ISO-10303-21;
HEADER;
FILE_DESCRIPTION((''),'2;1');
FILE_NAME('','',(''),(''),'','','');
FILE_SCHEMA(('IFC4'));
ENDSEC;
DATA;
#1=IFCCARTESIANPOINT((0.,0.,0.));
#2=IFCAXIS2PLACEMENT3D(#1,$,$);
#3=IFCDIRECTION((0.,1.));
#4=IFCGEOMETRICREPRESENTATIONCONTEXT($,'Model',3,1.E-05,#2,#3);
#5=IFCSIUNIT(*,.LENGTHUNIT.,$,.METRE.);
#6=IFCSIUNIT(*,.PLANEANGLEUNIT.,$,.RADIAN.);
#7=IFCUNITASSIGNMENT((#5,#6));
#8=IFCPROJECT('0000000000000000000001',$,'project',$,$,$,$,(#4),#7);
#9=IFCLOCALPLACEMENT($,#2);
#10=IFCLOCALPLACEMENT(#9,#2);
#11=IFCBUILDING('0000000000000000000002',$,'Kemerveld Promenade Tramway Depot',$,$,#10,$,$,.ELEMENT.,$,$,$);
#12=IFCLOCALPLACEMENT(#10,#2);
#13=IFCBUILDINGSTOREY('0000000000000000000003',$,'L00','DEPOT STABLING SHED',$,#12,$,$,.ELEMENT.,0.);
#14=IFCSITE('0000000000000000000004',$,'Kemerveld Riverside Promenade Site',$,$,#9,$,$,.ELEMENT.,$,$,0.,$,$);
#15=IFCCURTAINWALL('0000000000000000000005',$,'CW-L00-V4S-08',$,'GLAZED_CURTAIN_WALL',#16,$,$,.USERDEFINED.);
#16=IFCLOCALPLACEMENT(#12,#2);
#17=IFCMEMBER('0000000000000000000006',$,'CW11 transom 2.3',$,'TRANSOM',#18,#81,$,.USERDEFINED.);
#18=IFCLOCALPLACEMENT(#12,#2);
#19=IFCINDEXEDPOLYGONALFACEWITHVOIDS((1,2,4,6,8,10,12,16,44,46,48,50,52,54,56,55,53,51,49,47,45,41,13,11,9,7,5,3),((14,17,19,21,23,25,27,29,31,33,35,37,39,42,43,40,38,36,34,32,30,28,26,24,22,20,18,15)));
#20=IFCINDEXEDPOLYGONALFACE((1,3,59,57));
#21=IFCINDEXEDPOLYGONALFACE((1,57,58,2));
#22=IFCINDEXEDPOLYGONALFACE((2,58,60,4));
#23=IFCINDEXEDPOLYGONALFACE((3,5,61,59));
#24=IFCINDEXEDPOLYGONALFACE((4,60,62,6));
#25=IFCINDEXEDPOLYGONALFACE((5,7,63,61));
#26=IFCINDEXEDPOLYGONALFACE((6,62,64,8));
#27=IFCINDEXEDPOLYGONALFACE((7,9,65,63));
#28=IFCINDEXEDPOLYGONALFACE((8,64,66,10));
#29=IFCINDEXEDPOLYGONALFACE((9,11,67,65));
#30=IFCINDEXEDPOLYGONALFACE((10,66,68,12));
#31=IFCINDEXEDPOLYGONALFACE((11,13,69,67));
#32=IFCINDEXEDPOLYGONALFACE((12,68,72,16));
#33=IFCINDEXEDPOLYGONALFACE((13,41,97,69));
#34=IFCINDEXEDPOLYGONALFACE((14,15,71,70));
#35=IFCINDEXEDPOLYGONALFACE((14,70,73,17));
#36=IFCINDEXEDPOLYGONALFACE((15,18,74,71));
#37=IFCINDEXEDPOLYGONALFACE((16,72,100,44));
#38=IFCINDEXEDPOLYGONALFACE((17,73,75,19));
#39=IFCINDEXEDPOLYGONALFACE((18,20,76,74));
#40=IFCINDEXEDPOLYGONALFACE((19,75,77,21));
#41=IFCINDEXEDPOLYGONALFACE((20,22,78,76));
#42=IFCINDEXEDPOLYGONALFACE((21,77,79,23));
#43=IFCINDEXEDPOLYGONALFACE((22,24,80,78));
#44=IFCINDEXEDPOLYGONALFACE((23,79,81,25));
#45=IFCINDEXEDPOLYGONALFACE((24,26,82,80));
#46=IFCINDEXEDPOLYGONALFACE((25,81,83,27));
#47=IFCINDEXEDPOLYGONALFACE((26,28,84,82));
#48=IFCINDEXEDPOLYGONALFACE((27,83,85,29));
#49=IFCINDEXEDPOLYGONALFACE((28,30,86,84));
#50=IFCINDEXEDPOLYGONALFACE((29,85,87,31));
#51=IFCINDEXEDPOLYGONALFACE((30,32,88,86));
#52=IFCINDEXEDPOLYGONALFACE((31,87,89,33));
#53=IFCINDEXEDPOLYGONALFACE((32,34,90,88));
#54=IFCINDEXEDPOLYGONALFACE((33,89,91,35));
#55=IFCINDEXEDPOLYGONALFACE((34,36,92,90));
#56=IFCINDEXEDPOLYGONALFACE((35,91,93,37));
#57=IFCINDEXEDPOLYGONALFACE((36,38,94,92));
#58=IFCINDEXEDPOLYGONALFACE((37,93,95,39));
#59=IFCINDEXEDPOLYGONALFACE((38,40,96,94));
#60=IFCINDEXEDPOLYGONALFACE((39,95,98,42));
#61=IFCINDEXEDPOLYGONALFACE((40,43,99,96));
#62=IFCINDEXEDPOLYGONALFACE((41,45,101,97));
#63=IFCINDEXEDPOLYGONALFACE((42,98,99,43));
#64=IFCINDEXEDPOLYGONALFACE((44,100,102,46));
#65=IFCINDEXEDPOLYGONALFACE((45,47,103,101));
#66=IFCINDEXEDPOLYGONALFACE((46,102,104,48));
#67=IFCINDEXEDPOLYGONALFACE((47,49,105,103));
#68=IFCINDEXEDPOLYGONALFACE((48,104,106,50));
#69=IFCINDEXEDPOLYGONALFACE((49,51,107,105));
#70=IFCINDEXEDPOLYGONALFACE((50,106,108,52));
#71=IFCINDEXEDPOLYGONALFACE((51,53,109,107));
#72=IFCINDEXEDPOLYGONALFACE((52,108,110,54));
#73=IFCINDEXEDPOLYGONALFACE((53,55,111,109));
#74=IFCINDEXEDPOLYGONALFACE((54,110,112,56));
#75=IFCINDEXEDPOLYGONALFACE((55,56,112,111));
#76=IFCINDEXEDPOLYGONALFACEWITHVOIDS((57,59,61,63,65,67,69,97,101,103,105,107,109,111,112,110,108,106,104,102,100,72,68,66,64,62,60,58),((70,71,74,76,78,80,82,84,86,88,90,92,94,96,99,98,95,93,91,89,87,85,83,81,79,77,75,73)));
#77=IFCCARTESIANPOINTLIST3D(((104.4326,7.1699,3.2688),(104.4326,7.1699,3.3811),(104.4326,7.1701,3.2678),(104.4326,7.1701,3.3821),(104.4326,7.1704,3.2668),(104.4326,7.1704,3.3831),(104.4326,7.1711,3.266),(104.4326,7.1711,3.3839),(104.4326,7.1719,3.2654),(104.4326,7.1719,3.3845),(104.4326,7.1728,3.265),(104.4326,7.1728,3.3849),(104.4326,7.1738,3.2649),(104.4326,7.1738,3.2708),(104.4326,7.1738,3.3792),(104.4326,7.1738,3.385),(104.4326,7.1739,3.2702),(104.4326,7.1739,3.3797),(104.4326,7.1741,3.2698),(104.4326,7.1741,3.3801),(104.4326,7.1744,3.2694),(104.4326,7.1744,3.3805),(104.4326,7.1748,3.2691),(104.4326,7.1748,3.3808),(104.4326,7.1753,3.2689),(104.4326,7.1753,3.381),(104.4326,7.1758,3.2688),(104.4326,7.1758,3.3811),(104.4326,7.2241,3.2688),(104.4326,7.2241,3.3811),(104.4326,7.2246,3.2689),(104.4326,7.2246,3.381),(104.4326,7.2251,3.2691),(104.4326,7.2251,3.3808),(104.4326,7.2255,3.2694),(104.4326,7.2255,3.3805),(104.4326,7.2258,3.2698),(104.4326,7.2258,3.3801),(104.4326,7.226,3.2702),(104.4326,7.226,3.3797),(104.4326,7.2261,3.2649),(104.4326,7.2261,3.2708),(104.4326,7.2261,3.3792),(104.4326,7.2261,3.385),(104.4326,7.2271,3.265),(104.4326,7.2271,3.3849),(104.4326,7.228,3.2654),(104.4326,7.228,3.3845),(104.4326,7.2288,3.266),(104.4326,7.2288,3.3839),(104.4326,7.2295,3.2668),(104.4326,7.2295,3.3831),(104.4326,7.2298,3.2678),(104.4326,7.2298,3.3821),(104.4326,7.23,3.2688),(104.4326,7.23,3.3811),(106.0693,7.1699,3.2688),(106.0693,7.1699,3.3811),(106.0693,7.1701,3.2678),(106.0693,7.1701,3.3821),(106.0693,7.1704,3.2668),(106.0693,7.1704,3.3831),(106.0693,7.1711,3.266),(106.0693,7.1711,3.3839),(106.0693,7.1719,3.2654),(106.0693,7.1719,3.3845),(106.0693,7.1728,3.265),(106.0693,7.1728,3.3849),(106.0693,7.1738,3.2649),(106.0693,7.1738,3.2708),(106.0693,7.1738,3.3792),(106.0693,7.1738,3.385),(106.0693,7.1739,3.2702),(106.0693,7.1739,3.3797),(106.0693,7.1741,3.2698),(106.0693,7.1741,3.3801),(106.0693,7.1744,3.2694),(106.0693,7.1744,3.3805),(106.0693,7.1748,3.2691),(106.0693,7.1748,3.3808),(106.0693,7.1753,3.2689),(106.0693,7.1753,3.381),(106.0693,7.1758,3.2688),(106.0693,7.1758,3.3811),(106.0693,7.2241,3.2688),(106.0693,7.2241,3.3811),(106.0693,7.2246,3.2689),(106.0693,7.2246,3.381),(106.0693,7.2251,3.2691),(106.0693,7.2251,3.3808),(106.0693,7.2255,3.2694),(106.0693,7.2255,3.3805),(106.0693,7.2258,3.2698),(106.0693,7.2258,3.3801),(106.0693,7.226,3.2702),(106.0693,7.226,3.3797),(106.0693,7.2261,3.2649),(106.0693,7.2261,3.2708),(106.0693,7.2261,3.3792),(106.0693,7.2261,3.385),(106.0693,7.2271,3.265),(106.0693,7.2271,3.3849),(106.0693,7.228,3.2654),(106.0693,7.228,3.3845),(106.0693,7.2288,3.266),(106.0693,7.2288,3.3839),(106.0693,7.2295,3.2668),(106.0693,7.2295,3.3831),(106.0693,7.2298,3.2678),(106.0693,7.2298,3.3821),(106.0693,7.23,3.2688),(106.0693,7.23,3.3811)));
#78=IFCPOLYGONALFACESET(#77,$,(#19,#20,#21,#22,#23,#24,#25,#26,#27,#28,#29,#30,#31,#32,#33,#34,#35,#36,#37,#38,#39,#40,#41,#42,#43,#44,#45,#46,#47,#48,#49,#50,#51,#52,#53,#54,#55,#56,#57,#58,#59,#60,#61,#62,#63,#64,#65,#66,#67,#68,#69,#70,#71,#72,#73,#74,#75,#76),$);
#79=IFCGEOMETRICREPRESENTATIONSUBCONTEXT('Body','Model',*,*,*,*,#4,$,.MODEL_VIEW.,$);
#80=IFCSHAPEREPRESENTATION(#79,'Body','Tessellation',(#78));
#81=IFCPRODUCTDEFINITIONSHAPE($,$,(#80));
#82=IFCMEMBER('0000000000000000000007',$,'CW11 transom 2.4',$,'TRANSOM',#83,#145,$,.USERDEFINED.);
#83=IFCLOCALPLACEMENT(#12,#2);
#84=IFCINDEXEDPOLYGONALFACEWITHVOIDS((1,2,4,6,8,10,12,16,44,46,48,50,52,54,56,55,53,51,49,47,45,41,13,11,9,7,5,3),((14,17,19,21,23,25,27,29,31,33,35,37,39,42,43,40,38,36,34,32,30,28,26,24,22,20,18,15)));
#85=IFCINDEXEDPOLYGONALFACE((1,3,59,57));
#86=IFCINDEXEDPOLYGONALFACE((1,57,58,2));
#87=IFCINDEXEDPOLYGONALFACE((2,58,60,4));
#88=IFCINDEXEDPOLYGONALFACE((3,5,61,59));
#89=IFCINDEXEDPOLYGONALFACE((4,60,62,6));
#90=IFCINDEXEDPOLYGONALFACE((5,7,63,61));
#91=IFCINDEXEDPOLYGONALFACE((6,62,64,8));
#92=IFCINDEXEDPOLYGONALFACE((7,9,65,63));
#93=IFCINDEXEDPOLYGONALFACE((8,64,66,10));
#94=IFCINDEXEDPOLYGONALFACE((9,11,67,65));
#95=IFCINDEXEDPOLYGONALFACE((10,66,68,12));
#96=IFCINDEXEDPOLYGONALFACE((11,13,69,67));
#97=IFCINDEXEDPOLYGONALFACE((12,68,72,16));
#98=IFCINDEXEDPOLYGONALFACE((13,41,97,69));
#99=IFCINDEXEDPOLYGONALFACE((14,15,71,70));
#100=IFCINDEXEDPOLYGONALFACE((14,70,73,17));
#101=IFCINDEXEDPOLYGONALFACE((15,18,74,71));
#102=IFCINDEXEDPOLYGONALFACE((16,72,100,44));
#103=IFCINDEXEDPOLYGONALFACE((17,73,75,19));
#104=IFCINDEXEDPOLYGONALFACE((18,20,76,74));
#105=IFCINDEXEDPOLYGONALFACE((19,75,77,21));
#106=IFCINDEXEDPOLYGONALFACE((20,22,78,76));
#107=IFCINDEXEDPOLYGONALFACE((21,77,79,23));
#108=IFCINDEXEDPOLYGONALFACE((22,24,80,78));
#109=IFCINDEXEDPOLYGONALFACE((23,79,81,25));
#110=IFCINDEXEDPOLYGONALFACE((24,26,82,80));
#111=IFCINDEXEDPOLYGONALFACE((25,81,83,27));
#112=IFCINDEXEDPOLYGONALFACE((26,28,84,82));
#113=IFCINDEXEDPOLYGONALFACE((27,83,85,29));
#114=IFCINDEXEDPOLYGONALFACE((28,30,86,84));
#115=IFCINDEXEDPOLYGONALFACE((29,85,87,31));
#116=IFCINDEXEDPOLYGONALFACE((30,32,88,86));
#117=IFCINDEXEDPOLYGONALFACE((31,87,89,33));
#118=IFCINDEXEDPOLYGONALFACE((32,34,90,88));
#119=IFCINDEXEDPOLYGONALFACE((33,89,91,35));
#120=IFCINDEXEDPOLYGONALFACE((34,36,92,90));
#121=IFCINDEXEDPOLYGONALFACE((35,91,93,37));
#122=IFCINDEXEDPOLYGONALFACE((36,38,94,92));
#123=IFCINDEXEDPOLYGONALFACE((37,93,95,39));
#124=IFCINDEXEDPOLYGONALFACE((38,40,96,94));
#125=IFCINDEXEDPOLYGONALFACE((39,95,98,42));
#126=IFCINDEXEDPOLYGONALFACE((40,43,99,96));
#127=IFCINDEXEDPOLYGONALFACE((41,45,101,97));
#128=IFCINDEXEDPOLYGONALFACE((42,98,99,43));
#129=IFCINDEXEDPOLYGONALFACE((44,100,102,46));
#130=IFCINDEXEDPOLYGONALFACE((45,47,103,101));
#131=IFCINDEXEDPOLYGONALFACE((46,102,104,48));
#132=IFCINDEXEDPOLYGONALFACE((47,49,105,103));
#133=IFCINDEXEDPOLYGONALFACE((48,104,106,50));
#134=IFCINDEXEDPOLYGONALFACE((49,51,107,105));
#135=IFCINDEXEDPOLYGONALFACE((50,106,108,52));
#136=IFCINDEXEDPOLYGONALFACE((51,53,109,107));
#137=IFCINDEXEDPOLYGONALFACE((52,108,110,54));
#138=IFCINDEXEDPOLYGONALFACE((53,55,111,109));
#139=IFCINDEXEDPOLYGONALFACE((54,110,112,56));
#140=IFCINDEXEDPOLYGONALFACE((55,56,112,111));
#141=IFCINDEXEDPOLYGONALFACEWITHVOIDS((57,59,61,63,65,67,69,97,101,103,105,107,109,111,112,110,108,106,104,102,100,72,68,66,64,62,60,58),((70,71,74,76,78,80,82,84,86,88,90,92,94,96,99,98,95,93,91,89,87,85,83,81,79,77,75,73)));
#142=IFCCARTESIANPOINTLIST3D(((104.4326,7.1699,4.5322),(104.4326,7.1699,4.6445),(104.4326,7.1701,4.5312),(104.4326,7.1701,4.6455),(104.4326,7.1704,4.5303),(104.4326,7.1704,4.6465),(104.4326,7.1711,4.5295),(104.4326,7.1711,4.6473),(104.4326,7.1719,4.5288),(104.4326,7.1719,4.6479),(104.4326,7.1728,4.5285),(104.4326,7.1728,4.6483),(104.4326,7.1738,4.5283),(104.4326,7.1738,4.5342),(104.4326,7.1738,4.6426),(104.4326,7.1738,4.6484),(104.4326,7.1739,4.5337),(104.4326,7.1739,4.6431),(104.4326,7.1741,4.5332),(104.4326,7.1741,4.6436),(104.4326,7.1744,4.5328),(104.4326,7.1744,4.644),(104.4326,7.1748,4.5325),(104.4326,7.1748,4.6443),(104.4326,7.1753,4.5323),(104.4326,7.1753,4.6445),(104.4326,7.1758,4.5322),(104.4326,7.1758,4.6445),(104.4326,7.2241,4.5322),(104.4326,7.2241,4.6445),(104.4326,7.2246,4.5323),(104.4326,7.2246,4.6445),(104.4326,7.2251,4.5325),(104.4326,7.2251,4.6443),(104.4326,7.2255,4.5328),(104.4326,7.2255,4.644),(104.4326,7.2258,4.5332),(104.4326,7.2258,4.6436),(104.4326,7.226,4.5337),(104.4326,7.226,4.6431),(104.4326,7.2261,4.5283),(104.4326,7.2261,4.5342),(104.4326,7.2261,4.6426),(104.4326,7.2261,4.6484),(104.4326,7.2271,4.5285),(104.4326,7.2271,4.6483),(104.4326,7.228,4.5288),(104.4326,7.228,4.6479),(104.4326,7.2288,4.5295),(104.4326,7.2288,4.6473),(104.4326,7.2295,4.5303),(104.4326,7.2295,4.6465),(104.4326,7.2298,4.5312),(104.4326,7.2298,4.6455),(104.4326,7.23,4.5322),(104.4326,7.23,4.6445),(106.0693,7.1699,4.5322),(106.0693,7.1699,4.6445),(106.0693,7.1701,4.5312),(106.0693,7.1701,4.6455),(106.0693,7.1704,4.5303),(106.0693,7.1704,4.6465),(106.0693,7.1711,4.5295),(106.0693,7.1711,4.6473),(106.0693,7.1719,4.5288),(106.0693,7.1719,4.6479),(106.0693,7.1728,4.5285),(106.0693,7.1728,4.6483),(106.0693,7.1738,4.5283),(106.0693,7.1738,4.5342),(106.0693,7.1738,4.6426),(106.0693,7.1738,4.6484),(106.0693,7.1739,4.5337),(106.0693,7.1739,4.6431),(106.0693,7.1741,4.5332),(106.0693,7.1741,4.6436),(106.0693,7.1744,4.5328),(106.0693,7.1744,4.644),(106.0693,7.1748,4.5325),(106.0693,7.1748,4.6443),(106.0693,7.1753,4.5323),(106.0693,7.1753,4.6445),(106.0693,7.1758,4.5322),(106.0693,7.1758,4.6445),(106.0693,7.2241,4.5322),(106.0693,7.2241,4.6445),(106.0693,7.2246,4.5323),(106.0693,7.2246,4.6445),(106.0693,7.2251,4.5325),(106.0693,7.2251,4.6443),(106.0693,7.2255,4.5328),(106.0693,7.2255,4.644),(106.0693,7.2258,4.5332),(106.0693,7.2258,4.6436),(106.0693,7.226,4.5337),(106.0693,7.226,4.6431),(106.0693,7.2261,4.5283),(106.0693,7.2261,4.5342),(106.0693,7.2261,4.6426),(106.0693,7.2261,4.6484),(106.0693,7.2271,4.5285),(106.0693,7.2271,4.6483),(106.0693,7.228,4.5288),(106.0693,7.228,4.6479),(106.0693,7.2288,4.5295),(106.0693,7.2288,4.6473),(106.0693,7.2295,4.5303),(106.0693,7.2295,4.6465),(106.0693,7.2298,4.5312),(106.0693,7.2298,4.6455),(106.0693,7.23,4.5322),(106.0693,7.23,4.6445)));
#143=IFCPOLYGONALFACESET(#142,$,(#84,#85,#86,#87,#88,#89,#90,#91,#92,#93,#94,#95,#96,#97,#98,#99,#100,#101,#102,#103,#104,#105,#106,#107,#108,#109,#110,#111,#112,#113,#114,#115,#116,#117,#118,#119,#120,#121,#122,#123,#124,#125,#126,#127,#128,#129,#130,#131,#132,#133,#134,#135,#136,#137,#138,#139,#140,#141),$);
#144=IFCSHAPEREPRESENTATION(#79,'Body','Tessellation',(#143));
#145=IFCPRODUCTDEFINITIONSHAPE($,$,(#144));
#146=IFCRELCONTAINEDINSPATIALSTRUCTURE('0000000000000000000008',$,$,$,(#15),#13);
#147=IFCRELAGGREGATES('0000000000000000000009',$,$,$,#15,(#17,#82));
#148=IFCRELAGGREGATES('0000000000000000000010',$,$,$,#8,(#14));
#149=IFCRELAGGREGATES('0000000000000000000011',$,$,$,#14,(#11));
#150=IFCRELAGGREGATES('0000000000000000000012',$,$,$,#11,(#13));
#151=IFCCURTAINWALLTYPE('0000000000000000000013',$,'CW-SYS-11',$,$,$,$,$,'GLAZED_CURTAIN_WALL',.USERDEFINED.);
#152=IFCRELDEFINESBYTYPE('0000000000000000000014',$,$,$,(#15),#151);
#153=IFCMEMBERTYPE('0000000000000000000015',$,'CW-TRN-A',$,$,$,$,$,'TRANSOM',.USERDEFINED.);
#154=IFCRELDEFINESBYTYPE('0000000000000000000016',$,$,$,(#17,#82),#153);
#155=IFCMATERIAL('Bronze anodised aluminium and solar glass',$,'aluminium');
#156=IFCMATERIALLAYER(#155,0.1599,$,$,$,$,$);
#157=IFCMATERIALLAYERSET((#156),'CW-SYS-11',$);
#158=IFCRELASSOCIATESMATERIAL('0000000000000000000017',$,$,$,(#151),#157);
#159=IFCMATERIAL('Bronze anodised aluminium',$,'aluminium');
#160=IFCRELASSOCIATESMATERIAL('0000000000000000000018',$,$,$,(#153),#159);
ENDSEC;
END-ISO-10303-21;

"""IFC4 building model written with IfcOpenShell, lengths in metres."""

from ifc_helpers import new_model, si_unit, direction, frame, origin, origin_2d, place, context, subcontext, project, spatial, hollow_rectangle, extrude, material, layer, layer_set, material_profile, profile_set, type_object, element, aggregate, save


model = new_model("IFC4")

# Units and contexts
model_context = context("Model", 3, precision=1e-05, world=origin(), true_north=direction((0.0, 1.0)))
body_context = subcontext(model_context, "Body", "Model", "MODEL_VIEW")
ifc_project = project(units=[si_unit("LENGTHUNIT", "METRE"), si_unit("PLANEANGLEUNIT", "RADIAN")], contexts=[model_context])

# Site, building, storey
site_placement = place(None, origin())
site = spatial("IfcSite", under=ifc_project, at=site_placement, Name="Kemerveld Riverside Promenade Site", CompositionType="ELEMENT", RefElevation=0.0)
building_placement = place(site_placement, origin())
building = spatial("IfcBuilding", under=site, at=building_placement, Name="Kemerveld Promenade Tramway Depot", CompositionType="ELEMENT")
storey_placement = place(building_placement, origin())
storey = spatial("IfcBuildingStorey", under=building, at=storey_placement, Name="L00", Description="DEPOT STABLING SHED", CompositionType="ELEMENT", Elevation=0.0)

# Curtain wall, members
ifc_material_1 = material(Name="Bronze anodised aluminium and solar glass", Category="aluminium")
ifc_layer_1 = layer(ifc_material_1, 0.1599)
ifc_layer_set_1 = layer_set([ifc_layer_1], Name="CW-SYS-11")
curtain_wall_type = type_object("IfcCurtainWallType", Name="CW-SYS-11", ElementType="GLAZED_CURTAIN_WALL", PredefinedType="USERDEFINED", material=ifc_layer_set_1)
curtain_wall_placement = place(storey_placement, origin())
curtain_wall = element("IfcCurtainWall", 1, at=curtain_wall_placement, inside=storey, type_object=curtain_wall_type, Name="CW-L00-V4S-08", ObjectType="GLAZED_CURTAIN_WALL", PredefinedType="USERDEFINED")
ifc_material_2 = material(Name="Bronze anodised aluminium", Category="aluminium")
ifc_material_profile_1 = material_profile(ifc_material_2, hollow_rectangle(XDim=0.0601, YDim=0.1201, WallThickness=0.0039, InnerFilletRadius=0.002, OuterFilletRadius=0.0039, at=origin_2d()), Name="CW-TRN-120x60")
ifc_profile_set_1 = profile_set([ifc_material_profile_1], Name="Bronze anodised aluminium")
member_type_1 = type_object("IfcMemberType", Name="CW-TRN-A", ElementType="TRANSOM", PredefinedType="USERDEFINED", material=ifc_profile_set_1)
member_1_placement = place(storey_placement, frame((106.0693, 7.2, 3.325), z_axis=(-1.0, 0.0, 0.0), x_axis=(0.0, -1.0, 0.0)))
member_1 = element("IfcMember", 2, at=member_1_placement, type_object=member_type_1, Name="CW11 transom 2.3", ObjectType="TRANSOM", PredefinedType="USERDEFINED", context=body_context, shape_type="SweptSolid", body=[
    extrude(hollow_rectangle(XDim=0.0601, YDim=0.1201, WallThickness=0.0039, InnerFilletRadius=0.002, OuterFilletRadius=0.0039, at=origin_2d()), origin(), (0.0, 0.0, 1.0), 1.6367),
])
member_2_placement = place(storey_placement, frame((106.0693, 7.2, 4.5884), z_axis=(-1.0, 0.0, 0.0), x_axis=(0.0, -1.0, 0.0)))
member_2 = element("IfcMember", 3, at=member_2_placement, type_object=member_type_1, Name="CW11 transom 2.4", ObjectType="TRANSOM", PredefinedType="USERDEFINED", context=body_context, shape_type="SweptSolid", body=[
    extrude(hollow_rectangle(XDim=0.0601, YDim=0.1201, WallThickness=0.0039, InnerFilletRadius=0.002, OuterFilletRadius=0.0039, at=origin_2d()), origin(), (0.0, 0.0, 1.0), 1.6367),
])
aggregate(curtain_wall, [member_1, member_2])

save(model, "model.ifc")
